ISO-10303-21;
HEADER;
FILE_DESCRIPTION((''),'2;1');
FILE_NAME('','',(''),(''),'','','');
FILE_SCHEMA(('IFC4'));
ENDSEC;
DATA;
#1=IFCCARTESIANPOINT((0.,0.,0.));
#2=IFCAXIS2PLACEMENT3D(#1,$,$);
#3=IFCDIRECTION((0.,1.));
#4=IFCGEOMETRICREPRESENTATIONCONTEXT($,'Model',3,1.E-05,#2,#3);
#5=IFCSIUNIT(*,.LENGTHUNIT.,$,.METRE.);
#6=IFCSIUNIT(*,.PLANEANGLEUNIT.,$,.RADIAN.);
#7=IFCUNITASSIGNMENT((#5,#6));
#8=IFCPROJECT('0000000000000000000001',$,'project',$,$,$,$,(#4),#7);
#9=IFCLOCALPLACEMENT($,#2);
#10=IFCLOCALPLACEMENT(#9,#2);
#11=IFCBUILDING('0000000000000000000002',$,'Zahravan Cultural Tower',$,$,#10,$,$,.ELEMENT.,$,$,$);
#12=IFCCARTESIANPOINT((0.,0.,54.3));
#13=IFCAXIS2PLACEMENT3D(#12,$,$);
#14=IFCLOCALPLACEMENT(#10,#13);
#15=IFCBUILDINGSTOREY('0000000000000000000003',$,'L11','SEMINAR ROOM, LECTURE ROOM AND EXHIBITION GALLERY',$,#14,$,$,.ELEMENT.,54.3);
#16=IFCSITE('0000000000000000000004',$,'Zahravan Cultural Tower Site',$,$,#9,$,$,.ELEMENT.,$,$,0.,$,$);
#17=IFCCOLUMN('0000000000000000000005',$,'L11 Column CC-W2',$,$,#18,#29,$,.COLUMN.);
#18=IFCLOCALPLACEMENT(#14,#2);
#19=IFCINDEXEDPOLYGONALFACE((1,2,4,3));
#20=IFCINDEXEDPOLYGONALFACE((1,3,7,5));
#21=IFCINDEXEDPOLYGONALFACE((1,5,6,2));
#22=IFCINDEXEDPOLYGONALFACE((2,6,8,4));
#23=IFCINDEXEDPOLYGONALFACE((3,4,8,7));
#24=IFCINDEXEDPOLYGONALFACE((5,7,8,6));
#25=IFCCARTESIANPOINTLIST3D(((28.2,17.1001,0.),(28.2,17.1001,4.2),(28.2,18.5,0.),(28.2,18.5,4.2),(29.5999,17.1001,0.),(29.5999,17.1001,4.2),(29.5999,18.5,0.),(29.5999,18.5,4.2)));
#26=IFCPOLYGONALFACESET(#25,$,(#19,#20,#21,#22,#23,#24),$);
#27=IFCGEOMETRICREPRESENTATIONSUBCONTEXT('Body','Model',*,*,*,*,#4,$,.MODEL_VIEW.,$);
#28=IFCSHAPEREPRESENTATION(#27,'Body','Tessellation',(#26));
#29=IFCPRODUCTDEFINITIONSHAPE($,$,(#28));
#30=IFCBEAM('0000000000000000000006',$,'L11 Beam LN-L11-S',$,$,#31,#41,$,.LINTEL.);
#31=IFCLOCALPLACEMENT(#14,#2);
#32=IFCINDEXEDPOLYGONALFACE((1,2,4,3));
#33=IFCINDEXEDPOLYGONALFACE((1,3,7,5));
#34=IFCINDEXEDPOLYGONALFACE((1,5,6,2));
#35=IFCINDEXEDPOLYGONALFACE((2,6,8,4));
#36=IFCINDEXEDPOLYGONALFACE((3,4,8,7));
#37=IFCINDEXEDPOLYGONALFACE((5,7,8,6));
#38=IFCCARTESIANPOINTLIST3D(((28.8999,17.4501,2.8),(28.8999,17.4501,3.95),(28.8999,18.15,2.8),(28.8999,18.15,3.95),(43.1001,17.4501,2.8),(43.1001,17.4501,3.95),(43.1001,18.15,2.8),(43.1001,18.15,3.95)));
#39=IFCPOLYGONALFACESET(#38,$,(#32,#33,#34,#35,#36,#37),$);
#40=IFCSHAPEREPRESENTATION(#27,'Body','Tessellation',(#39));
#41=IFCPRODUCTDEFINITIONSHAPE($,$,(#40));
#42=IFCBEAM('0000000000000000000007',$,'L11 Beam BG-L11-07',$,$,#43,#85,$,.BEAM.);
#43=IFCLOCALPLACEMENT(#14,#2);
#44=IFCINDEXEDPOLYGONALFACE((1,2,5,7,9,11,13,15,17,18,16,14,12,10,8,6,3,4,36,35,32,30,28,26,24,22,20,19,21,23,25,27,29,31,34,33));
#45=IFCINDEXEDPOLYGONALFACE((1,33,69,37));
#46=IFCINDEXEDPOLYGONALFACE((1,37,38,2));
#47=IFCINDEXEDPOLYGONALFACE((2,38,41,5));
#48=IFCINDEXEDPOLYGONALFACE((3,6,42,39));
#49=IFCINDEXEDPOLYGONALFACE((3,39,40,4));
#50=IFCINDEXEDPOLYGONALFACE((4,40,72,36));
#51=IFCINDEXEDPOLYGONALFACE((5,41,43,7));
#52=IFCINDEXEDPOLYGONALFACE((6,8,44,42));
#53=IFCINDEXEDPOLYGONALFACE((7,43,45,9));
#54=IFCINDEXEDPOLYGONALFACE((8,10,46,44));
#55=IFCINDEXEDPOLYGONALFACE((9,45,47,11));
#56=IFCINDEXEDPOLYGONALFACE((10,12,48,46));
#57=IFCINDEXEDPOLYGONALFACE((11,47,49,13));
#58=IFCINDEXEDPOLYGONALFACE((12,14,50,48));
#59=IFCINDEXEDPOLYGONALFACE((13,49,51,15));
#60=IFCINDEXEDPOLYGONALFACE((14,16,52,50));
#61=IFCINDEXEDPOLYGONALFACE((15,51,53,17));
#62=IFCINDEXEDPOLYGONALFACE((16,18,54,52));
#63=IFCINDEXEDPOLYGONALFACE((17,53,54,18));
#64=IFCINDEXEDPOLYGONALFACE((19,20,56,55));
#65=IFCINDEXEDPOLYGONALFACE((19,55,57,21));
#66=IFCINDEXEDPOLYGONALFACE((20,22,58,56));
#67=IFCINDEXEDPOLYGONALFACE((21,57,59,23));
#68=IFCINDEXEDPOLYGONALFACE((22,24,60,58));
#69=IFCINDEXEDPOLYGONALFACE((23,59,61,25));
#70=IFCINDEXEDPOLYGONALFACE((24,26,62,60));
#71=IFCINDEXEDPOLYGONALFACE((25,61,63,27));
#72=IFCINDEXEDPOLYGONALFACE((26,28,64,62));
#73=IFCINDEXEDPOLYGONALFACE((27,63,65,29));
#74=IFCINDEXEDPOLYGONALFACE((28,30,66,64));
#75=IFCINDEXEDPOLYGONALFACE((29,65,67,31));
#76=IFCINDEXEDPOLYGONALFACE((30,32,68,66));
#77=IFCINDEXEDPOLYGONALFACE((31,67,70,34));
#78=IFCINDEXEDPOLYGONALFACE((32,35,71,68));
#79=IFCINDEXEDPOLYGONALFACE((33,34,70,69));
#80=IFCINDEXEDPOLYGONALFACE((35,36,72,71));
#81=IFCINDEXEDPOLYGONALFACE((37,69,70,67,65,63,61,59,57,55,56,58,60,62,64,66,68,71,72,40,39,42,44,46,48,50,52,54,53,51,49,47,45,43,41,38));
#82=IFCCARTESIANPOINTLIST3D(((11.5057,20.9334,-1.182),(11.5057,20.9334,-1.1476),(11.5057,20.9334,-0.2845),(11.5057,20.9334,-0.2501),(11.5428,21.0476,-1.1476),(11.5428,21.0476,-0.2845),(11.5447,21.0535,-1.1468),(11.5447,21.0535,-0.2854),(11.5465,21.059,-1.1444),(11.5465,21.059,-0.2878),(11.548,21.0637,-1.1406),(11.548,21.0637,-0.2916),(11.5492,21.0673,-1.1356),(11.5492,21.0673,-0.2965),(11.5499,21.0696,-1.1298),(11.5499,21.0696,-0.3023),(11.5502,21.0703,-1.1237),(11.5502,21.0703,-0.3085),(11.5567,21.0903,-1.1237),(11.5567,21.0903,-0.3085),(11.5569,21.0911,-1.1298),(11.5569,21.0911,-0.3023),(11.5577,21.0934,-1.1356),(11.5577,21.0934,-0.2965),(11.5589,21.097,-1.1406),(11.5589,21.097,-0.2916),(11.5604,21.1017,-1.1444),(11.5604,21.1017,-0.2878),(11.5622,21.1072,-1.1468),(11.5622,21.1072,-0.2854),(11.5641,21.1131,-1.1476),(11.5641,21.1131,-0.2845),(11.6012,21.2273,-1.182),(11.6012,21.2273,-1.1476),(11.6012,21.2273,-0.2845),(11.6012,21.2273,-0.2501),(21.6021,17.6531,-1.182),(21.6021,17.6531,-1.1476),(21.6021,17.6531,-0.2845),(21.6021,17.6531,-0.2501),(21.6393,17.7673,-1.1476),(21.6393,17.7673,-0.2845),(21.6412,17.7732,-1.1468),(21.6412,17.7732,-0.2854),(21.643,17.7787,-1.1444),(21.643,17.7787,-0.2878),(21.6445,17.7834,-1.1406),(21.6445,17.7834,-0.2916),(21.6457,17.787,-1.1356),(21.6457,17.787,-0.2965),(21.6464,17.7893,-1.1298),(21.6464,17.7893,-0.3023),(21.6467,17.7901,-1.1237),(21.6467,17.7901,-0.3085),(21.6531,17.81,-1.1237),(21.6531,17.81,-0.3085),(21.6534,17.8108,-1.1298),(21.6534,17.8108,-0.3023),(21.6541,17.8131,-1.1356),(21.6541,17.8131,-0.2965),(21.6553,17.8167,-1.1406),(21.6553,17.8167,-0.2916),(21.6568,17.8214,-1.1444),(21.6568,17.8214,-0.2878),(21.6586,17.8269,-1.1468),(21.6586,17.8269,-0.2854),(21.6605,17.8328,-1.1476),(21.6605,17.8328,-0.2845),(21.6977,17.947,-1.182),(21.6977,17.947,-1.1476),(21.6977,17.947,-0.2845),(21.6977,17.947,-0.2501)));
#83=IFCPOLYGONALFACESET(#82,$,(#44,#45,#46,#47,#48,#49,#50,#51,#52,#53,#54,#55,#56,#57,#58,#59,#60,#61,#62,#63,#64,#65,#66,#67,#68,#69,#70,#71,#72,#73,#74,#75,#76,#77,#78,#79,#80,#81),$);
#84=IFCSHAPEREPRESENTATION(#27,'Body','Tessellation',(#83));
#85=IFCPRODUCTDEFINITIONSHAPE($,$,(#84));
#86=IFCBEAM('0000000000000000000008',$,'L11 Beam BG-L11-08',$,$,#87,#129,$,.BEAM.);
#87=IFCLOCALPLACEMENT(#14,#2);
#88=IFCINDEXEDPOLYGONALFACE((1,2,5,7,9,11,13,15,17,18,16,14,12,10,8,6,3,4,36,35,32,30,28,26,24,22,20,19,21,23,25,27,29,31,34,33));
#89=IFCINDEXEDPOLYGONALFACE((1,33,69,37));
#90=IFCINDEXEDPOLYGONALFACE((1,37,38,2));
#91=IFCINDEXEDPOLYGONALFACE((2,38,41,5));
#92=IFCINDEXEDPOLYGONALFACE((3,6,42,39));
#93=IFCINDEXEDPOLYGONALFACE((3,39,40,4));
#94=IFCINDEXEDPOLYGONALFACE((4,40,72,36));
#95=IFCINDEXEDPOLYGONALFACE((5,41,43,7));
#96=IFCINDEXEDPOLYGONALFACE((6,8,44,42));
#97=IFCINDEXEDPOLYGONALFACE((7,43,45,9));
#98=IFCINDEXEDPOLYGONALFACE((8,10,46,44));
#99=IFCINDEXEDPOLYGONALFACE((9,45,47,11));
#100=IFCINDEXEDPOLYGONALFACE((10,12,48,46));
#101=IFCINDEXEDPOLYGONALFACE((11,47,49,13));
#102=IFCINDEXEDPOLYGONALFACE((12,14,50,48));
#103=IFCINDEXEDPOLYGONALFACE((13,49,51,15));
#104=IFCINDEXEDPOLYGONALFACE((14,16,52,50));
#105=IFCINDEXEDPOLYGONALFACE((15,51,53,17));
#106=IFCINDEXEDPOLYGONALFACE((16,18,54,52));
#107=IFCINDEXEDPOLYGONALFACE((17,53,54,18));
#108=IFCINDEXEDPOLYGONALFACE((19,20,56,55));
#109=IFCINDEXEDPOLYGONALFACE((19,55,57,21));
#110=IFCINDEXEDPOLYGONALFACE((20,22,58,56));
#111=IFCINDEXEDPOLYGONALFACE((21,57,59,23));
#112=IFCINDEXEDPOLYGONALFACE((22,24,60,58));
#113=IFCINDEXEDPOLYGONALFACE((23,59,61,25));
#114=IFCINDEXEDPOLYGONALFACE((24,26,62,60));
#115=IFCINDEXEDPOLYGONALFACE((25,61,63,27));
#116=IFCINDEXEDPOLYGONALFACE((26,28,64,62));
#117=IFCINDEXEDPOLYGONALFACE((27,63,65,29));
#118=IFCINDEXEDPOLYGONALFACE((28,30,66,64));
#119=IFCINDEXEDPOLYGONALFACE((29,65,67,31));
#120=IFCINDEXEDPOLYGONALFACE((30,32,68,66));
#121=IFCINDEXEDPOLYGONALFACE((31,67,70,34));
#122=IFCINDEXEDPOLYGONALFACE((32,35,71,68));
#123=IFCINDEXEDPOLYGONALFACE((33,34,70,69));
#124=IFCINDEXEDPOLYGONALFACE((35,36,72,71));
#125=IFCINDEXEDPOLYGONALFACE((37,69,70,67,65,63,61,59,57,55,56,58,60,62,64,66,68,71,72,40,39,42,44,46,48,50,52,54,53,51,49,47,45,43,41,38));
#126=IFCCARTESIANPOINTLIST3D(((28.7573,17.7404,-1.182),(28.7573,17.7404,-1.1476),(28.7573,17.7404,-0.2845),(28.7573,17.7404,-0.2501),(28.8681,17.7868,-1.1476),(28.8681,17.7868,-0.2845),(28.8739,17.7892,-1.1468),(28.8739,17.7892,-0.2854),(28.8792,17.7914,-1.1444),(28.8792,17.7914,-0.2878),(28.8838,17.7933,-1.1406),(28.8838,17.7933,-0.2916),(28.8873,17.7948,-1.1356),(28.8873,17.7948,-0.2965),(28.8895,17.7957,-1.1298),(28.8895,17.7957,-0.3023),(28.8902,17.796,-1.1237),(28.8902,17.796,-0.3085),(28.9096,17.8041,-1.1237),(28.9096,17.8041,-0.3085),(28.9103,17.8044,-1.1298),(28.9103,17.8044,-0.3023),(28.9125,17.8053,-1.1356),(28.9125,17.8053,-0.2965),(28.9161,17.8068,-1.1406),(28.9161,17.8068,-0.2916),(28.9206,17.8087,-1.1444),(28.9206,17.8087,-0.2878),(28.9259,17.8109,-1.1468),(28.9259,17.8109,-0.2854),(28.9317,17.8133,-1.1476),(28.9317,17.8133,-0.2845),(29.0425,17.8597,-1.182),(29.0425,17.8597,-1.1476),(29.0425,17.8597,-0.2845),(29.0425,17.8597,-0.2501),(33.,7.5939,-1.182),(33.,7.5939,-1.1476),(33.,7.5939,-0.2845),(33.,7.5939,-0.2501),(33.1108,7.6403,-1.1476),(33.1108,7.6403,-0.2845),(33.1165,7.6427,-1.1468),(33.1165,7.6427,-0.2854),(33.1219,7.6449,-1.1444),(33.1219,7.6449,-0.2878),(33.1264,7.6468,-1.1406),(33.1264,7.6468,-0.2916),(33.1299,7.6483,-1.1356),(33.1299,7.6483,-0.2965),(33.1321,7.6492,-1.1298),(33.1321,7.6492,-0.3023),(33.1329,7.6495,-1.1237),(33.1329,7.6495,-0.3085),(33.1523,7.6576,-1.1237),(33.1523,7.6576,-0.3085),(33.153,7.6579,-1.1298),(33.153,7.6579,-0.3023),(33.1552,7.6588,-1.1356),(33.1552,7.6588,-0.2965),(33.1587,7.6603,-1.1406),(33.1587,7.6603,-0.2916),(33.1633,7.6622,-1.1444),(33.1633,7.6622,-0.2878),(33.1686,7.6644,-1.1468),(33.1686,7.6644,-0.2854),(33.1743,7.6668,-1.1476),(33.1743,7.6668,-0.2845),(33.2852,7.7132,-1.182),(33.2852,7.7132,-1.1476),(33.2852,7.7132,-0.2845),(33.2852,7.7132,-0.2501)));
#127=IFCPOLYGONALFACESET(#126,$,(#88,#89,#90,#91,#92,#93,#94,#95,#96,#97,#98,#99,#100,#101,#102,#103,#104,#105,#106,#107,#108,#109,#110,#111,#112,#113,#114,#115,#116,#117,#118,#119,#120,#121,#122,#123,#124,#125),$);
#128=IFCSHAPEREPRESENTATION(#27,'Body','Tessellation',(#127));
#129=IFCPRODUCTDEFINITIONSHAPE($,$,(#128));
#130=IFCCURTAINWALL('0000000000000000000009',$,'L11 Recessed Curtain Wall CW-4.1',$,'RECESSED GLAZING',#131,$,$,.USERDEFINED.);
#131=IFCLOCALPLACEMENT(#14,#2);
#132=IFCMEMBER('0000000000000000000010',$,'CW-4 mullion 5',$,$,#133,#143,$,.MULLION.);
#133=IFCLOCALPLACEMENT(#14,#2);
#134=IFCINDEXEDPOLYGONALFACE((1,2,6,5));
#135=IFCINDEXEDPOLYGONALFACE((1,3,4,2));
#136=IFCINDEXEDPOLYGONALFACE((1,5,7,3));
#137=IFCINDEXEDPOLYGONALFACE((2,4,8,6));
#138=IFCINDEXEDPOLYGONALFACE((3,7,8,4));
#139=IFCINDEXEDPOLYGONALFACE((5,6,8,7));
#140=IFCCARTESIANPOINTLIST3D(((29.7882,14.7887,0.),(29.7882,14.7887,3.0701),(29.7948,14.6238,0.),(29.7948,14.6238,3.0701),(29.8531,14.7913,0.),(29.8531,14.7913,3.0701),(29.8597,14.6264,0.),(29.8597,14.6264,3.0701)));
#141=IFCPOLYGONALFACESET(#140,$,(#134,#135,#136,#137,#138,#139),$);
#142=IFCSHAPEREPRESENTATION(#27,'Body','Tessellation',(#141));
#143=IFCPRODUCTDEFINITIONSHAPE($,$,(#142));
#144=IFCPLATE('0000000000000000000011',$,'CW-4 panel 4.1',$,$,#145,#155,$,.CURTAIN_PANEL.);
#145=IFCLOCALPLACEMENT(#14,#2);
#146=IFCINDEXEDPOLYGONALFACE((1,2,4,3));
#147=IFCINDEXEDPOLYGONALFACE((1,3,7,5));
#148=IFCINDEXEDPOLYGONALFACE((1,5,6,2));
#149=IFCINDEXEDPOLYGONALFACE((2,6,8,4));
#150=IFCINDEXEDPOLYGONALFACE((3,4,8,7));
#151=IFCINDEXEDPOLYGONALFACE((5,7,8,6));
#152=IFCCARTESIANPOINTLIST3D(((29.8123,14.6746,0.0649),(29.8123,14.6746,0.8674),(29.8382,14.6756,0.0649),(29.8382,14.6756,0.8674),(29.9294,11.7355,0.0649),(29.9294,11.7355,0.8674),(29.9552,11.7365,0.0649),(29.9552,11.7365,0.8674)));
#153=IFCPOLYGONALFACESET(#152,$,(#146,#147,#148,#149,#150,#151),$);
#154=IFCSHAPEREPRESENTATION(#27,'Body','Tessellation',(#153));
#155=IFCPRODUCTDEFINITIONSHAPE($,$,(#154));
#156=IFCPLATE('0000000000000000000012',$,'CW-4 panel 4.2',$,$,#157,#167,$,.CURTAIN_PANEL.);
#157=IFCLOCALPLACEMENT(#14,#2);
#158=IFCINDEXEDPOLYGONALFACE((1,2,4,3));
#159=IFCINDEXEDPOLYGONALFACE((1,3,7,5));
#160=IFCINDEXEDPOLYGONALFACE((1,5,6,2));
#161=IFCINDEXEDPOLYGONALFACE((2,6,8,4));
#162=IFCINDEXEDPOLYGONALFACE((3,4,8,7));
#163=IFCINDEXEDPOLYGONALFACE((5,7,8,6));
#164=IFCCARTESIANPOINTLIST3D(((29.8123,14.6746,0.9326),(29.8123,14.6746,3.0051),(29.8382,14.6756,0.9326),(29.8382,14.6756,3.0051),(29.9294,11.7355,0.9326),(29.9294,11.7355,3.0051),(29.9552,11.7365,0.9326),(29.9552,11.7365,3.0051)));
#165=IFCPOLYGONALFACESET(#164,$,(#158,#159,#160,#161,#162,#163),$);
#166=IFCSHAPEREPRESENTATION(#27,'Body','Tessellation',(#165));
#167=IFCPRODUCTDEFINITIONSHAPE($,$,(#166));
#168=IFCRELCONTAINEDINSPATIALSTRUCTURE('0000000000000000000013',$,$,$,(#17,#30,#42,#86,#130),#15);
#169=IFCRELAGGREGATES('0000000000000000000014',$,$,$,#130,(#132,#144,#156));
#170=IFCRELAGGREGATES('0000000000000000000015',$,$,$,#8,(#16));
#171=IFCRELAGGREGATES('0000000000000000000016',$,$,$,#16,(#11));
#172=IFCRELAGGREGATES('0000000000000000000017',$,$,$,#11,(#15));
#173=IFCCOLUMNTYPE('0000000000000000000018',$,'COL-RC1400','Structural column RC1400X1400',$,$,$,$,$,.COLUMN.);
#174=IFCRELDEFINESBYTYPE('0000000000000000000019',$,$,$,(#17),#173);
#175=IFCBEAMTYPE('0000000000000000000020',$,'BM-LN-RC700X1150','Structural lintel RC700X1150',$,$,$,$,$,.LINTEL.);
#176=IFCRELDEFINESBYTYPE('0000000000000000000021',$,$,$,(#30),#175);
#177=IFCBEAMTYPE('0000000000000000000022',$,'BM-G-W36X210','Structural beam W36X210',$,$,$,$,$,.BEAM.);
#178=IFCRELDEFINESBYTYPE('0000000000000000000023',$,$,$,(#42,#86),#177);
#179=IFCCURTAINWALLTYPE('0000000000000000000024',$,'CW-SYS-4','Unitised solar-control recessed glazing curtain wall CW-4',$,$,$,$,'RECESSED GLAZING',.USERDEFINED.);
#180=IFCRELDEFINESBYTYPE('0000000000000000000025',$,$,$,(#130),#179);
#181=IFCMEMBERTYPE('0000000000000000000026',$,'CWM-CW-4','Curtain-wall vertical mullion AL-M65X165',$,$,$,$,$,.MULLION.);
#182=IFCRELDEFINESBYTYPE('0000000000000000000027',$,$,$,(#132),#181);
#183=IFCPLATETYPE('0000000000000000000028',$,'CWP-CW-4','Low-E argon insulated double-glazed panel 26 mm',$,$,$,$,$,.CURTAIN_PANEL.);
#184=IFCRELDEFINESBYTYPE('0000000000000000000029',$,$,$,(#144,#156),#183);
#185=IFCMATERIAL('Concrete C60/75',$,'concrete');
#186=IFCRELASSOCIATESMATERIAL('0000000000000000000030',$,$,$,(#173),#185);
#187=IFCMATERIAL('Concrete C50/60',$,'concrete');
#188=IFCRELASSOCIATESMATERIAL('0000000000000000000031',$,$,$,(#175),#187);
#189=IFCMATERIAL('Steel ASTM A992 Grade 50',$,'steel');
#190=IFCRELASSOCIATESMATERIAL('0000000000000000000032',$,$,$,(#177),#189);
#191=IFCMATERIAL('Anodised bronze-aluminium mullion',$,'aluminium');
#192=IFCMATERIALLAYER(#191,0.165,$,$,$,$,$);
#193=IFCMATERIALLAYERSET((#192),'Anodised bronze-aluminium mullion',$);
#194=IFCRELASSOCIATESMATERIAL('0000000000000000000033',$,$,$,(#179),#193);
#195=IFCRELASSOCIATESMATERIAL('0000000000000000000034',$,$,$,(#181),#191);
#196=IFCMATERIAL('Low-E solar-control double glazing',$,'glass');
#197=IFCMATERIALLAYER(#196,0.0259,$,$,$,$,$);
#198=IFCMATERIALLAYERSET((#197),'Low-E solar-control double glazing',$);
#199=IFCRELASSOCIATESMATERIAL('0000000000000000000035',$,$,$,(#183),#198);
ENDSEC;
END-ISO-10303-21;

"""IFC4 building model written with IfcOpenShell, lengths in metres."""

from ifc_helpers import new_model, si_unit, direction, frame, origin, origin_2d, place, context, subcontext, project, spatial, rectangle, i_section, extrude, source, transform, mapped, material, layer, layer_set, material_profile, profile_set, type_object, element, aggregate, save


model = new_model("IFC4")

# Units and contexts
model_context = context("Model", 3, precision=1e-05, world=origin(), true_north=direction((0.0, 1.0)))
body_context = subcontext(model_context, "Body", "Model", "MODEL_VIEW")
ifc_project = project(units=[si_unit("LENGTHUNIT", "METRE"), si_unit("PLANEANGLEUNIT", "RADIAN")], contexts=[model_context])

# Site, building, storey
site_placement = place(None, origin())
site = spatial("IfcSite", under=ifc_project, at=site_placement, Name="Zahravan Cultural Tower Site", CompositionType="ELEMENT", RefElevation=0.0)
building_placement = place(site_placement, origin())
building = spatial("IfcBuilding", under=site, at=building_placement, Name="Zahravan Cultural Tower", CompositionType="ELEMENT")
storey_placement = place(building_placement, frame((0.0, 0.0, 54.3)))
storey = spatial("IfcBuildingStorey", under=building, at=storey_placement, Name="L11", Description="SEMINAR ROOM, LECTURE ROOM AND EXHIBITION GALLERY", CompositionType="ELEMENT", Elevation=54.3)

# Column
ifc_material_1 = material(Name="Concrete C60/75", Category="concrete")
ifc_material_profile_1 = material_profile(ifc_material_1, rectangle(XDim=1.3999, YDim=1.3999, at=origin_2d()), Name="RC1400X1400")
ifc_profile_set_1 = profile_set([ifc_material_profile_1], Name="Concrete C60/75")
column_type = type_object("IfcColumnType", Name="COL-RC1400", Description="Structural column RC1400X1400", PredefinedType="COLUMN", material=ifc_profile_set_1)
shared_shape_1 = source(origin(), body_context, "Body", "SweptSolid", [
    extrude(rectangle(XDim=1.3999, YDim=1.3999, at=origin_2d()), origin(), (0.0, 0.0, 1.0), 4.2),
])
column_placement = place(storey_placement, frame((28.8999, 17.8, 0.0), z_axis=(0.0, 0.0, 1.0), x_axis=(1.0, 0.0, 0.0)))
element("IfcColumn", 1, at=column_placement, inside=storey, type_object=column_type, Name="L11 Column CC-W2", PredefinedType="COLUMN", context=body_context, shape_type="MappedRepresentation", body=[
    mapped(shared_shape_1, transform((0.0, 0.0, 0.0), x_axis=(1.0, 0.0, 0.0), y_axis=(0.0, 1.0, 0.0), z_axis=(0.0, 0.0, 1.0), scale=1.0)),
])

# Beams
ifc_material_2 = material(Name="Concrete C50/60", Category="concrete")
ifc_material_profile_2 = material_profile(ifc_material_2, rectangle(XDim=0.7, YDim=1.1499, at=origin_2d()), Name="RC700X1150")
ifc_profile_set_2 = profile_set([ifc_material_profile_2], Name="Concrete C50/60")
beam_type_1 = type_object("IfcBeamType", Name="BM-LN-RC700X1150", Description="Structural lintel RC700X1150", PredefinedType="LINTEL", material=ifc_profile_set_2)
shared_shape_2 = source(origin(), body_context, "Body", "SweptSolid", [
    extrude(rectangle(XDim=0.7, YDim=1.1499, at=origin_2d()), origin(), (0.0, 0.0, 1.0), 14.2002),
])
beam_1_placement = place(storey_placement, frame((28.8999, 17.8, 3.375), z_axis=(1.0, 0.0, 0.0), x_axis=(0.0, 1.0, 0.0)))
element("IfcBeam", 2, at=beam_1_placement, inside=storey, type_object=beam_type_1, Name="L11 Beam LN-L11-S", PredefinedType="LINTEL", context=body_context, shape_type="MappedRepresentation", body=[
    mapped(shared_shape_2, transform((0.0, 0.0, 0.0), x_axis=(1.0, 0.0, 0.0), y_axis=(0.0, 1.0, 0.0), z_axis=(0.0, 0.0, 1.0), scale=1.0)),
])
ifc_material_3 = material(Name="Steel ASTM A992 Grade 50", Category="steel")
ifc_material_profile_3 = material_profile(ifc_material_3, i_section(OverallWidth=0.3091, OverallDepth=0.9319, WebThickness=0.021, FlangeThickness=0.0344, FilletRadius=0.0239, at=origin_2d()), Name="W36X210")
ifc_profile_set_3 = profile_set([ifc_material_profile_3], Name="Steel ASTM A992 Grade 50")
beam_type_2 = type_object("IfcBeamType", Name="BM-G-W36X210", Description="Structural beam W36X210", PredefinedType="BEAM", material=ifc_profile_set_3)
shared_shape_3 = source(origin(), body_context, "Body", "SweptSolid", [
    extrude(i_section(OverallWidth=0.3091, OverallDepth=0.9319, WebThickness=0.021, FlangeThickness=0.0344, FilletRadius=0.0239, at=origin_2d()), origin(), (0.0, 0.0, 1.0), 10.616),
])
beam_2_placement = place(storey_placement, frame((21.6499, 17.8, -0.7161), z_axis=(-0.951064, 0.308995, 0.0), x_axis=(-0.308995, -0.951064, 0.0)))
element("IfcBeam", 3, at=beam_2_placement, inside=storey, type_object=beam_type_2, Name="L11 Beam BG-L11-07", PredefinedType="BEAM", context=body_context, shape_type="MappedRepresentation", body=[
    mapped(shared_shape_3, transform((0.0, 0.0, 0.0), x_axis=(1.0, 0.0, 0.0), y_axis=(0.0, 1.0, 0.0), z_axis=(0.0, 0.0, 1.0), scale=1.0)),
])
shared_shape_4 = source(origin(), body_context, "Body", "SweptSolid", [
    extrude(i_section(OverallWidth=0.3091, OverallDepth=0.9319, WebThickness=0.021, FlangeThickness=0.0344, FilletRadius=0.0239, at=origin_2d()), origin(), (0.0, 0.0, 1.0), 10.9978),
])
beam_3_placement = place(storey_placement, frame((28.8999, 17.8, -0.7161), z_axis=(0.385775, -0.922593, 0.0), x_axis=(0.922593, 0.385775, 0.0)))
element("IfcBeam", 4, at=beam_3_placement, inside=storey, type_object=beam_type_2, Name="L11 Beam BG-L11-08", PredefinedType="BEAM", context=body_context, shape_type="MappedRepresentation", body=[
    mapped(shared_shape_4, transform((0.0, 0.0, 0.0), x_axis=(1.0, 0.0, 0.0), y_axis=(0.0, 1.0, 0.0), z_axis=(0.0, 0.0, 1.0), scale=1.0)),
])

# Curtain wall, member, plates
ifc_material_4 = material(Name="Anodised bronze-aluminium mullion", Category="aluminium")
ifc_layer_1 = layer(ifc_material_4, 0.165)
ifc_layer_set_1 = layer_set([ifc_layer_1], Name="Anodised bronze-aluminium mullion")
curtain_wall_type = type_object("IfcCurtainWallType", Name="CW-SYS-4", Description="Unitised solar-control recessed glazing curtain wall CW-4", ElementType="RECESSED GLAZING", PredefinedType="USERDEFINED", material=ifc_layer_set_1)
curtain_wall_placement = place(storey_placement, origin())
curtain_wall = element("IfcCurtainWall", 5, at=curtain_wall_placement, inside=storey, type_object=curtain_wall_type, Name="L11 Recessed Curtain Wall CW-4.1", ObjectType="RECESSED GLAZING", PredefinedType="USERDEFINED")
ifc_material_profile_4 = material_profile(ifc_material_4, rectangle(XDim=0.0649, YDim=0.165, at=origin_2d()), Name="AL-M65X165")
ifc_profile_set_4 = profile_set([ifc_material_profile_4], Name="Anodised bronze-aluminium mullion")
member_type = type_object("IfcMemberType", Name="CWM-CW-4", Description="Curtain-wall vertical mullion AL-M65X165", PredefinedType="MULLION", material=ifc_profile_set_4)
shared_shape_5 = source(origin(), body_context, "Body", "SweptSolid", [
    extrude(rectangle(XDim=0.0649, YDim=0.165, at=origin_2d()), origin(), (0.0, 0.0, 1.0), 3.0701),
])
member_placement = place(storey_placement, frame((29.824, 14.7075, 0.0), z_axis=(0.0, 0.0, 1.0), x_axis=(-0.999208, -0.039785, 0.0)))
member = element("IfcMember", 6, at=member_placement, type_object=member_type, Name="CW-4 mullion 5", PredefinedType="MULLION", context=body_context, shape_type="MappedRepresentation", body=[
    mapped(shared_shape_5, transform((0.0, 0.0, 0.0), x_axis=(1.0, 0.0, 0.0), y_axis=(0.0, 1.0, 0.0), z_axis=(0.0, 0.0, 1.0), scale=1.0)),
])
ifc_material_5 = material(Name="Low-E solar-control double glazing", Category="glass")
ifc_layer_2 = layer(ifc_material_5, 0.0259)
ifc_layer_set_2 = layer_set([ifc_layer_2], Name="Low-E solar-control double glazing")
plate_type = type_object("IfcPlateType", Name="CWP-CW-4", Description="Low-E argon insulated double-glazed panel 26 mm", PredefinedType="CURTAIN_PANEL", material=ifc_layer_set_2)
shared_shape_6 = source(origin(), body_context, "Body", "SweptSolid", [
    extrude(rectangle(XDim=2.9414, YDim=0.0259, at=origin_2d()), origin(), (0.0, 0.0, 1.0), 0.8025),
])
plate_1_placement = place(storey_placement, frame((29.8838, 13.2056, 0.0649), z_axis=(0.0, 0.0, 1.0), x_axis=(-0.039785, 0.999208, 0.0)))
plate_1 = element("IfcPlate", 7, at=plate_1_placement, type_object=plate_type, Name="CW-4 panel 4.1", PredefinedType="CURTAIN_PANEL", context=body_context, shape_type="MappedRepresentation", body=[
    mapped(shared_shape_6, transform((0.0, 0.0, 0.0), x_axis=(1.0, 0.0, 0.0), y_axis=(0.0, 1.0, 0.0), z_axis=(0.0, 0.0, 1.0), scale=1.0)),
])
shared_shape_7 = source(origin(), body_context, "Body", "SweptSolid", [
    extrude(rectangle(XDim=2.9414, YDim=0.0259, at=origin_2d()), origin(), (0.0, 0.0, 1.0), 2.0725),
])
plate_2_placement = place(storey_placement, frame((29.8838, 13.2056, 0.9326), z_axis=(0.0, 0.0, 1.0), x_axis=(-0.039785, 0.999208, 0.0)))
plate_2 = element("IfcPlate", 8, at=plate_2_placement, type_object=plate_type, Name="CW-4 panel 4.2", PredefinedType="CURTAIN_PANEL", context=body_context, shape_type="MappedRepresentation", body=[
    mapped(shared_shape_7, transform((0.0, 0.0, 0.0), x_axis=(1.0, 0.0, 0.0), y_axis=(0.0, 1.0, 0.0), z_axis=(0.0, 0.0, 1.0), scale=1.0)),
])
aggregate(curtain_wall, [member, plate_1, plate_2])

save(model, "model.ifc")
